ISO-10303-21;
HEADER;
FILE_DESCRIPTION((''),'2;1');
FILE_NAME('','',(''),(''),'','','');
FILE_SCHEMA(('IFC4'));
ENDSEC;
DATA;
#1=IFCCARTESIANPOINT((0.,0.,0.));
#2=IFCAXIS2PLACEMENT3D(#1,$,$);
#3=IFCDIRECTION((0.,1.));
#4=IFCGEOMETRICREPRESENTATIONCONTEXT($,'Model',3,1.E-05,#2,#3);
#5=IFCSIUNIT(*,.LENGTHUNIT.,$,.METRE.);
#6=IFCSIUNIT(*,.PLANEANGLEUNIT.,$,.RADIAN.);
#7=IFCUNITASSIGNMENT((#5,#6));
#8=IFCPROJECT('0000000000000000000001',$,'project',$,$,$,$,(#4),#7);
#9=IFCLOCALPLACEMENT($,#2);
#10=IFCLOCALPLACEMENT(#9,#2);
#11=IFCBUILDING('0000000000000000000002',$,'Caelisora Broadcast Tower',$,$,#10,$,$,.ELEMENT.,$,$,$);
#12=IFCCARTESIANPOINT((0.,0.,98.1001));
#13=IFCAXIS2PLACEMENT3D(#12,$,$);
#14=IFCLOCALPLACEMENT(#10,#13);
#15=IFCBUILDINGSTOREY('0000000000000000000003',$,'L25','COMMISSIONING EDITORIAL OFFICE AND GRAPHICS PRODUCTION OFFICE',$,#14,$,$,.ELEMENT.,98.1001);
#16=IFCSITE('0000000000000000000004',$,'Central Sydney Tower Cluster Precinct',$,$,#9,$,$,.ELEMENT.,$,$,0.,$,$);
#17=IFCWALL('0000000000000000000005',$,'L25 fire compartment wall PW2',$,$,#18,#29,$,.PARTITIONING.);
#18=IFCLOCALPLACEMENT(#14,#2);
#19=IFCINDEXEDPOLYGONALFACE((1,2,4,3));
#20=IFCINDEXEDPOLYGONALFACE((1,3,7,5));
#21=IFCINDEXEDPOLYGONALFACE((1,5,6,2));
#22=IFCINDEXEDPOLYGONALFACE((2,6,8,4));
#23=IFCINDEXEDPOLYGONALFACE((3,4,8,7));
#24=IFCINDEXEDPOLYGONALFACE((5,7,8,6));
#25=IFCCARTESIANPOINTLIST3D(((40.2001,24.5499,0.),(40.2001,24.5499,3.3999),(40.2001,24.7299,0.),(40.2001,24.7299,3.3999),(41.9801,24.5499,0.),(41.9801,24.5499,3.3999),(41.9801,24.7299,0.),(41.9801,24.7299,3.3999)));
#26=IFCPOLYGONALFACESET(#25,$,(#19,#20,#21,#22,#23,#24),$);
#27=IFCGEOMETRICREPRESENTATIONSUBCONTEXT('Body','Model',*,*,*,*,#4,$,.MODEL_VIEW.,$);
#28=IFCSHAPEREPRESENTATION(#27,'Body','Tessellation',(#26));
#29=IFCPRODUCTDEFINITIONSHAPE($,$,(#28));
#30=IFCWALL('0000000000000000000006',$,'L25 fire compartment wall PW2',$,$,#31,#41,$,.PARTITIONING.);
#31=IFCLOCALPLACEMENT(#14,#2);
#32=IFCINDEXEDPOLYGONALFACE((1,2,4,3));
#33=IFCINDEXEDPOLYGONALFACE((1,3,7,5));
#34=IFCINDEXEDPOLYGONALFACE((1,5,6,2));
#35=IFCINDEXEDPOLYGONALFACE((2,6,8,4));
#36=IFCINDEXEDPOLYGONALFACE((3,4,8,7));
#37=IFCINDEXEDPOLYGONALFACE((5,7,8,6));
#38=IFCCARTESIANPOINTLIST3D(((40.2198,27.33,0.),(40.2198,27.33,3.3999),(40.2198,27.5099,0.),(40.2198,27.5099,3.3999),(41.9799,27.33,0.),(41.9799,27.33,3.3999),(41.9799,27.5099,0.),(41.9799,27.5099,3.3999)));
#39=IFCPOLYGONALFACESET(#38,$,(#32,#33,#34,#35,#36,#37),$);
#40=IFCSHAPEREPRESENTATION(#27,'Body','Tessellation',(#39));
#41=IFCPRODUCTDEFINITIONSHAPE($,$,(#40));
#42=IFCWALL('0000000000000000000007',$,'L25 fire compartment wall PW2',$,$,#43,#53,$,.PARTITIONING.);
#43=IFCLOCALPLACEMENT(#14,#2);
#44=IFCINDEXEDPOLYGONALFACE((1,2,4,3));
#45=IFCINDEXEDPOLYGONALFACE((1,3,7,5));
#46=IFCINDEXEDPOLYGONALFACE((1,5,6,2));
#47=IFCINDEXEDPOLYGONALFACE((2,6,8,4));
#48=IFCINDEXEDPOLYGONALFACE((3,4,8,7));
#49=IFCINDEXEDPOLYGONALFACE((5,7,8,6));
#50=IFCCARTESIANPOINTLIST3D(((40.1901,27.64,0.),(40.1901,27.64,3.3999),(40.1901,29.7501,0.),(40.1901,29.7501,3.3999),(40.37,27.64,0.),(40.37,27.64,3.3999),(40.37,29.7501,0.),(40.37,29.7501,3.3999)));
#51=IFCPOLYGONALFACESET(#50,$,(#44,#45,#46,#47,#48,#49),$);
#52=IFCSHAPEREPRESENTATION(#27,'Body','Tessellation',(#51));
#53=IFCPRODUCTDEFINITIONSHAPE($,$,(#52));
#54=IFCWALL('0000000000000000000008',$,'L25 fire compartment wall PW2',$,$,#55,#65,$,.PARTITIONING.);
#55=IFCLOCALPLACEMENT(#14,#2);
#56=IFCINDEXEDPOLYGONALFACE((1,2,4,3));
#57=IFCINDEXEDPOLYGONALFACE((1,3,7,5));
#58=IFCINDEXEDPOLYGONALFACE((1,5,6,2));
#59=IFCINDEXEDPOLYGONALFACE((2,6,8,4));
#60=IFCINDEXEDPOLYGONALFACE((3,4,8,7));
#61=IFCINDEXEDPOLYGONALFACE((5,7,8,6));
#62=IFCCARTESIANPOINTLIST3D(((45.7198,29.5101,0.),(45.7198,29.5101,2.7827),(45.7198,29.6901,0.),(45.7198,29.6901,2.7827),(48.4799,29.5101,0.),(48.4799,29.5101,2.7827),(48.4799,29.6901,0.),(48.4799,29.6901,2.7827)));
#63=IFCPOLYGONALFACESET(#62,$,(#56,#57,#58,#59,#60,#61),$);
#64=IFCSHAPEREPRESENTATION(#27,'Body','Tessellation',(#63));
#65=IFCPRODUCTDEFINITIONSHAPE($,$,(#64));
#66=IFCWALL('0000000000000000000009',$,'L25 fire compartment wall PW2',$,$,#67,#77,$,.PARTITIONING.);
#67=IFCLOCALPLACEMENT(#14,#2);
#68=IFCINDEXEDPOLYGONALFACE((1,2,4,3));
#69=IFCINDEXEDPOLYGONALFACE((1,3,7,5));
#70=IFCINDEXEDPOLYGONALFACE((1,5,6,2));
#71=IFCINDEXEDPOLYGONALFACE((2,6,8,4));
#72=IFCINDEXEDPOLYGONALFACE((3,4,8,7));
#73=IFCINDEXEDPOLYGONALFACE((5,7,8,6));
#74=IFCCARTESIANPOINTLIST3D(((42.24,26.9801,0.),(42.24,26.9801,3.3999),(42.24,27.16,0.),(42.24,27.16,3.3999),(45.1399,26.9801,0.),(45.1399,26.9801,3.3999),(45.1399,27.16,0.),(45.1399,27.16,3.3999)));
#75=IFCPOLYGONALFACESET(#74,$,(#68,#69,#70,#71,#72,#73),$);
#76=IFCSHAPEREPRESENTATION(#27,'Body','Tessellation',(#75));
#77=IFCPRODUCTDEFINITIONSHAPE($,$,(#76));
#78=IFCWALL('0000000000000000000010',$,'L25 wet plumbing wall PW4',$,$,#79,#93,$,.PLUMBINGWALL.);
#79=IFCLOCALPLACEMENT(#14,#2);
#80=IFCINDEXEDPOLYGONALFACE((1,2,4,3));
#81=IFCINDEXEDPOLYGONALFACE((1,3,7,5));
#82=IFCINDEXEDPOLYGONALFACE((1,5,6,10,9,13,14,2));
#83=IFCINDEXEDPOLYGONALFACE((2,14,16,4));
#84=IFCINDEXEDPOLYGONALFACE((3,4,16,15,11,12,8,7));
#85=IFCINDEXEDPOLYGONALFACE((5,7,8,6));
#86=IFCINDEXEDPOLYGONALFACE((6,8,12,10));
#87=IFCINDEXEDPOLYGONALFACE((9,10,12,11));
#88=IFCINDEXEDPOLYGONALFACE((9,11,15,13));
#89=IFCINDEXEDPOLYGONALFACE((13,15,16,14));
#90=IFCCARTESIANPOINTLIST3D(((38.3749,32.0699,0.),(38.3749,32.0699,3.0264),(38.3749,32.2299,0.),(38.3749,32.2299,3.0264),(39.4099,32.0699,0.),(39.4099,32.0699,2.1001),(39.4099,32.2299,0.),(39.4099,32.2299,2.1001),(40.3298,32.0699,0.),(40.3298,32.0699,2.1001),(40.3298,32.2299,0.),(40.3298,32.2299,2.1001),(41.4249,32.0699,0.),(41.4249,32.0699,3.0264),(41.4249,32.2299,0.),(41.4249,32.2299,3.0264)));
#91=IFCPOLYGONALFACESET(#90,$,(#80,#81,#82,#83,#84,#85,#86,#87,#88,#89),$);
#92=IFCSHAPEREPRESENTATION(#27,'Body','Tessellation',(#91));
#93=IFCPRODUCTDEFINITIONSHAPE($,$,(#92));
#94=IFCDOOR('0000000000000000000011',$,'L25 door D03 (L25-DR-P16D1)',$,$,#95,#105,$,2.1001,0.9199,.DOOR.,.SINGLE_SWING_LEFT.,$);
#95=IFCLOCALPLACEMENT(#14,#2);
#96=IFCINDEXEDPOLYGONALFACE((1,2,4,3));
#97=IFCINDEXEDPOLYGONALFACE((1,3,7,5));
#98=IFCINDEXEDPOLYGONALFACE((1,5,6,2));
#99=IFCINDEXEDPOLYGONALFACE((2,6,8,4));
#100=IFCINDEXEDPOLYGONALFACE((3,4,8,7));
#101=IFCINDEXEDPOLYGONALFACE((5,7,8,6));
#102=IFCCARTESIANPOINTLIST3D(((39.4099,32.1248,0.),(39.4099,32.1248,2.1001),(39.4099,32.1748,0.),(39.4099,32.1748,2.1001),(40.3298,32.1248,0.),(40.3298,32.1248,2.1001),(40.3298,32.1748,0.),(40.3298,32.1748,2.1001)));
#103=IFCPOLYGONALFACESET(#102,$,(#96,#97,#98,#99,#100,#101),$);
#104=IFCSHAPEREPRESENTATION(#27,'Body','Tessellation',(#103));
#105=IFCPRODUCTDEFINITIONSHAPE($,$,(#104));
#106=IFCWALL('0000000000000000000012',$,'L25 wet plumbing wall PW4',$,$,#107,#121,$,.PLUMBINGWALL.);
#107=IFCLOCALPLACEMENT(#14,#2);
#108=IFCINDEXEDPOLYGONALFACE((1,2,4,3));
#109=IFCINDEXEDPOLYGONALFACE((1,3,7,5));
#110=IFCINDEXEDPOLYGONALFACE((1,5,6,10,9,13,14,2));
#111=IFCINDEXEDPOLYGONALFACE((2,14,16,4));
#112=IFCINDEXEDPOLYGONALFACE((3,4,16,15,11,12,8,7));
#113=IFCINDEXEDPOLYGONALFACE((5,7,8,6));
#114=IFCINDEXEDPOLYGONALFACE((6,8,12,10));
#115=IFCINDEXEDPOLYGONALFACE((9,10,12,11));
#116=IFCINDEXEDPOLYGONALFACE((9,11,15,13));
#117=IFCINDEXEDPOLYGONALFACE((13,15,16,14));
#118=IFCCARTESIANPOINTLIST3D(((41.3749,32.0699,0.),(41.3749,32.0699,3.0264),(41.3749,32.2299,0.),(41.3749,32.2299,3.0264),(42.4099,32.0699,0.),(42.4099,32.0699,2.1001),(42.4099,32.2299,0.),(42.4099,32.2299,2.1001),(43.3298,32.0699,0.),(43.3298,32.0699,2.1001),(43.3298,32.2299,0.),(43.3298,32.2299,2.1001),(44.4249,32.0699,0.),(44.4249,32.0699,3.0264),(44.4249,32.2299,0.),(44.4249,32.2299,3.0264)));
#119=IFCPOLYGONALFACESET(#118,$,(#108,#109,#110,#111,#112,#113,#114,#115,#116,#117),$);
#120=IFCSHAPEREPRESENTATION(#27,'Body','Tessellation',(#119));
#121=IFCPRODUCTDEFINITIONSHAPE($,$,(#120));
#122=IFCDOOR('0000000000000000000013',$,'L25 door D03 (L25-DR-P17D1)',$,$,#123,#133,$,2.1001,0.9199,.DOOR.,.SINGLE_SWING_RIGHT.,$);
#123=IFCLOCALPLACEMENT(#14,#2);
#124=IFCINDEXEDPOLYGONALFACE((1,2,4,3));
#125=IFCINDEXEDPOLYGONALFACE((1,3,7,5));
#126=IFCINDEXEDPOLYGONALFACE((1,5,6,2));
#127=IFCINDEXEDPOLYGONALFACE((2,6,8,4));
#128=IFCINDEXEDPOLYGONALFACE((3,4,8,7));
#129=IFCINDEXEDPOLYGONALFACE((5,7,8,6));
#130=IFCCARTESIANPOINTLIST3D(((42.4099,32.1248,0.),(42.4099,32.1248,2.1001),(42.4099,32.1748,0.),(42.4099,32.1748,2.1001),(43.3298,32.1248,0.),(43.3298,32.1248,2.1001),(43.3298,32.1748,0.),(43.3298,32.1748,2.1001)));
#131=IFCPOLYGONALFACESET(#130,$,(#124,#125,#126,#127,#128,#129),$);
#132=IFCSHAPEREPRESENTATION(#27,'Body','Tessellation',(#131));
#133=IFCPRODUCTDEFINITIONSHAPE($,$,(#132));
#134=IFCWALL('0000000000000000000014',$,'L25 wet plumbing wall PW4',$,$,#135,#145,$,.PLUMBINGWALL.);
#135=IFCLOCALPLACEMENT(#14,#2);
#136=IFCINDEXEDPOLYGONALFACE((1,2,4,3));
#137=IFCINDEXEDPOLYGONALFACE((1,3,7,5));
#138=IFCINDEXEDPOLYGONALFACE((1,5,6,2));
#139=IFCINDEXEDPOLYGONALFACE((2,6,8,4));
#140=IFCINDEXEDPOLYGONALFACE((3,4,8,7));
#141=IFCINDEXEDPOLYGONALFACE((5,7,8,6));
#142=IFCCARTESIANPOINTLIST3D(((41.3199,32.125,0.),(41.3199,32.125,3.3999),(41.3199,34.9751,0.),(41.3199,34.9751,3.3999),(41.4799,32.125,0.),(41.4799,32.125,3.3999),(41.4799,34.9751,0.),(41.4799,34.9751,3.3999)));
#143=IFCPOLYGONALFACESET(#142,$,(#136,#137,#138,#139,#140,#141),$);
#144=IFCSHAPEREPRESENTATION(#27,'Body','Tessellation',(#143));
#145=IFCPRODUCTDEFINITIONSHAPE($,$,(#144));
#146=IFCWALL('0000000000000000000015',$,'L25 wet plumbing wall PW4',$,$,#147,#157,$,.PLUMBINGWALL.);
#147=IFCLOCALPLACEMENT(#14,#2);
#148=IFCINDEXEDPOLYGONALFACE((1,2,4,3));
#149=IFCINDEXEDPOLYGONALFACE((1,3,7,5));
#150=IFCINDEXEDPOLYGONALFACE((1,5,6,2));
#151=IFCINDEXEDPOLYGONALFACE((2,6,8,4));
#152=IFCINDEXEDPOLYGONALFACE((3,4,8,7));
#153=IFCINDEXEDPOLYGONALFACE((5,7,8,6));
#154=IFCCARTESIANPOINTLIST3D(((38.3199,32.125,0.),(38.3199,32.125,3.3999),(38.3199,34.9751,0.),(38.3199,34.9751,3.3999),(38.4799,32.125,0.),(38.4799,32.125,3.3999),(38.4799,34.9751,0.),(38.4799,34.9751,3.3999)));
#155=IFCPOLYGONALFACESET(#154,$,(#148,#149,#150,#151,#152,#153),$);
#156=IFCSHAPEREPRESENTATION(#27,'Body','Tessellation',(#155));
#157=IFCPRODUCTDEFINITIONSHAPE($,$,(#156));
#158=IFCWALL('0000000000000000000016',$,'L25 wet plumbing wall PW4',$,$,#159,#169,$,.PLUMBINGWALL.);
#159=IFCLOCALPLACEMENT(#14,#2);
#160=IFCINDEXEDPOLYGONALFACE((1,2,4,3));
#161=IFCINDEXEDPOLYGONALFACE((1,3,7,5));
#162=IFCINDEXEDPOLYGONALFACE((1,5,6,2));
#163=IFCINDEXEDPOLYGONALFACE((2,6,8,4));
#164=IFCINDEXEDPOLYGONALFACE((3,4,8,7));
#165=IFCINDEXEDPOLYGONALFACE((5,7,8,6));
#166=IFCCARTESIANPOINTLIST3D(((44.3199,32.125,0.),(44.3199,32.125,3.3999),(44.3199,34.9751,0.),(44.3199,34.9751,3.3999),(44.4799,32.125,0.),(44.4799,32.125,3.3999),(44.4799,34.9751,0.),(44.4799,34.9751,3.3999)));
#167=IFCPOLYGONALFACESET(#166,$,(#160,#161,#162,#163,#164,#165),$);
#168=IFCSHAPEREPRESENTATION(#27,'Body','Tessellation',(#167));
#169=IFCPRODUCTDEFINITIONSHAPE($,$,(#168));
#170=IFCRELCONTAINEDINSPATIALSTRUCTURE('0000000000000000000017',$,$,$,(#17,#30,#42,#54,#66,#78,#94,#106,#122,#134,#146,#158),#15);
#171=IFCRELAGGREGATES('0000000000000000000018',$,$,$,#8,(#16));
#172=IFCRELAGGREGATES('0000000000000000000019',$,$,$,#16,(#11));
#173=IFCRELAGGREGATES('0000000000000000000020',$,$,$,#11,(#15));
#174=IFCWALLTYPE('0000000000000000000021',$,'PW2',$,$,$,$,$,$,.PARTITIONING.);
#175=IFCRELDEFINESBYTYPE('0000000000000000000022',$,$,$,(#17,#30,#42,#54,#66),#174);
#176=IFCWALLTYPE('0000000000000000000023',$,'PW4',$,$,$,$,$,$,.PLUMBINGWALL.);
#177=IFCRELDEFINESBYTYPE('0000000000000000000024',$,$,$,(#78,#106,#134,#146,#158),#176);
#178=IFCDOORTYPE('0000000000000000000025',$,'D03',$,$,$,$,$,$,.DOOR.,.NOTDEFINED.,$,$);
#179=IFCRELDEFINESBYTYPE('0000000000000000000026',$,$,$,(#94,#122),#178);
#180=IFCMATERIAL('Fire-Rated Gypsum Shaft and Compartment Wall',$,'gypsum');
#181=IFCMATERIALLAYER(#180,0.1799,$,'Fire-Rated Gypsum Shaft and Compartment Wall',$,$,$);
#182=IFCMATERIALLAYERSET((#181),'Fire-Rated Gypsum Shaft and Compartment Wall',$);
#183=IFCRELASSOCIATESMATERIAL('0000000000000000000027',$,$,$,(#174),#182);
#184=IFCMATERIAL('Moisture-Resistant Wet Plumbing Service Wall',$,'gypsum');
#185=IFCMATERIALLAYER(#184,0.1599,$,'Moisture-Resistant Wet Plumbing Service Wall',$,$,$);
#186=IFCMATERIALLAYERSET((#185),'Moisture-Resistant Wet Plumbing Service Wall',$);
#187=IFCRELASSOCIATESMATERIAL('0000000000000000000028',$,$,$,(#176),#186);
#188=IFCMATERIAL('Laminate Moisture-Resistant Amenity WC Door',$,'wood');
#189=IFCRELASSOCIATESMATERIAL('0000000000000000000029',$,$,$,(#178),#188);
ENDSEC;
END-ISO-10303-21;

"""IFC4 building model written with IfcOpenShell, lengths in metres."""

from ifc_helpers import new_model, si_unit, direction, frame, frame_2d, origin, place, context, subcontext, project, spatial, rectangle, extrude, material, layer, layer_set, type_object, element, fill, save


model = new_model("IFC4")

# Units and contexts
model_context = context("Model", 3, precision=1e-05, world=origin(), true_north=direction((0.0, 1.0)))
body_context = subcontext(model_context, "Body", "Model", "MODEL_VIEW")
ifc_project = project(units=[si_unit("LENGTHUNIT", "METRE"), si_unit("PLANEANGLEUNIT", "RADIAN")], contexts=[model_context])

# Site, building, storey
site_placement = place(None, origin())
site = spatial("IfcSite", under=ifc_project, at=site_placement, Name="Central Sydney Tower Cluster Precinct", CompositionType="ELEMENT", RefElevation=0.0)
building_placement = place(site_placement, origin())
building = spatial("IfcBuilding", under=site, at=building_placement, Name="Caelisora Broadcast Tower", CompositionType="ELEMENT")
storey_placement = place(building_placement, frame((0.0, 0.0, 98.1001)))
storey = spatial("IfcBuildingStorey", under=building, at=storey_placement, Name="L25", Description="COMMISSIONING EDITORIAL OFFICE AND GRAPHICS PRODUCTION OFFICE", CompositionType="ELEMENT", Elevation=98.1001)

# Walls
ifc_material_1 = material(Name="Fire-Rated Gypsum Shaft and Compartment Wall", Category="gypsum")
ifc_layer_1 = layer(ifc_material_1, 0.1799, Name="Fire-Rated Gypsum Shaft and Compartment Wall")
ifc_layer_set_1 = layer_set([ifc_layer_1], Name="Fire-Rated Gypsum Shaft and Compartment Wall")
wall_type_1 = type_object("IfcWallType", Name="PW2", PredefinedType="PARTITIONING", material=ifc_layer_set_1)
wall_1_placement = place(storey_placement, frame((40.2, 24.6399, 0.0), z_axis=(0.0, 0.0, 1.0), x_axis=(1.0, 0.0, 0.0)))
element("IfcWall", 1, at=wall_1_placement, inside=storey, type_object=wall_type_1, Name="L25 fire compartment wall PW2", PredefinedType="PARTITIONING", context=body_context, shape_type="SweptSolid", body=[
    extrude(rectangle(XDim=1.78, YDim=0.1799, at=frame_2d((0.8901, 0.0))), origin(), (0.0, 0.0, 1.0), 3.3999),
])
wall_2_placement = place(storey_placement, frame((40.22, 27.4199, 0.0), z_axis=(0.0, 0.0, 1.0), x_axis=(1.0, 0.0, 0.0)))
element("IfcWall", 2, at=wall_2_placement, inside=storey, type_object=wall_type_1, Name="L25 fire compartment wall PW2", PredefinedType="PARTITIONING", context=body_context, shape_type="SweptSolid", body=[
    extrude(rectangle(XDim=1.76, YDim=0.1799, at=frame_2d((0.8799, 0.0))), origin(), (0.0, 0.0, 1.0), 3.3999),
])
wall_3_placement = place(storey_placement, frame((40.28, 27.6399, 0.0), z_axis=(0.0, 0.0, 1.0), x_axis=(0.0, 1.0, 0.0)))
element("IfcWall", 3, at=wall_3_placement, inside=storey, type_object=wall_type_1, Name="L25 fire compartment wall PW2", PredefinedType="PARTITIONING", context=body_context, shape_type="SweptSolid", body=[
    extrude(rectangle(XDim=2.1101, YDim=0.1799, at=frame_2d((1.0552, 0.0))), origin(), (0.0, 0.0, 1.0), 3.3999),
])
wall_4_placement = place(storey_placement, frame((45.72, 29.6001, 0.0), z_axis=(0.0, 0.0, 1.0), x_axis=(1.0, 0.0, 0.0)))
element("IfcWall", 4, at=wall_4_placement, inside=storey, type_object=wall_type_1, Name="L25 fire compartment wall PW2", PredefinedType="PARTITIONING", context=body_context, shape_type="SweptSolid", body=[
    extrude(rectangle(XDim=2.76, YDim=0.1799, at=frame_2d((1.3799, 0.0))), origin(), (0.0, 0.0, 1.0), 2.7827),
])
wall_5_placement = place(storey_placement, frame((42.24, 27.0701, 0.0), z_axis=(0.0, 0.0, 1.0), x_axis=(1.0, 0.0, 0.0)))
element("IfcWall", 5, at=wall_5_placement, inside=storey, type_object=wall_type_1, Name="L25 fire compartment wall PW2", PredefinedType="PARTITIONING", context=body_context, shape_type="SweptSolid", body=[
    extrude(rectangle(XDim=2.8999, YDim=0.1799, at=frame_2d((1.45, 0.0))), origin(), (0.0, 0.0, 1.0), 3.3999),
])

# Walls, openings, doors
ifc_material_2 = material(Name="Moisture-Resistant Wet Plumbing Service Wall", Category="gypsum")
ifc_layer_2 = layer(ifc_material_2, 0.1599, Name="Moisture-Resistant Wet Plumbing Service Wall")
ifc_layer_set_2 = layer_set([ifc_layer_2], Name="Moisture-Resistant Wet Plumbing Service Wall")
wall_type_2 = type_object("IfcWallType", Name="PW4", PredefinedType="PLUMBINGWALL", material=ifc_layer_set_2)
wall_6_placement = place(storey_placement, frame((38.375, 32.1499, 0.0), z_axis=(0.0, 0.0, 1.0), x_axis=(1.0, 0.0, 0.0)))
wall_6 = element("IfcWall", 6, at=wall_6_placement, inside=storey, type_object=wall_type_2, Name="L25 wet plumbing wall PW4", PredefinedType="PLUMBINGWALL", context=body_context, shape_type="SweptSolid", body=[
    extrude(rectangle(XDim=3.05, YDim=0.1599, at=frame_2d((1.5249, 0.0))), origin(), (0.0, 0.0, 1.0), 3.0264),
])
opening_1_placement = place(wall_6_placement, frame((1.0349, 0.0, 0.0)))
opening_1 = element("IfcOpeningElement", 7, at=opening_1_placement, cuts=wall_6, PredefinedType="OPENING", context=body_context, shape_type="SweptSolid", body=[
    extrude(rectangle(XDim=0.9199, YDim=2.1001, at=frame_2d((0.46, 1.05))), frame((0.0, 0.092, 0.0), z_axis=(0.0, -1.0, 0.0), x_axis=(1.0, 0.0, 0.0)), (0.0, 0.0, 1.0), 0.1838),
])
ifc_material_3 = material(Name="Laminate Moisture-Resistant Amenity WC Door", Category="wood")
door_type_1 = type_object("IfcDoorType", Name="D03", OperationType="NOTDEFINED", PredefinedType="DOOR", material=ifc_material_3)
door_1_placement = place(opening_1_placement, origin())
door_1 = element("IfcDoor", 8, at=door_1_placement, inside=storey, type_object=door_type_1, Name="L25 door D03 (L25-DR-P16D1)", OperationType="SINGLE_SWING_LEFT", OverallHeight=2.1001, OverallWidth=0.9199, PredefinedType="DOOR", context=body_context, shape_type="SweptSolid", body=[
    extrude(rectangle(XDim=0.9199, YDim=2.1001, at=frame_2d((0.46, 1.05))), frame((0.0, 0.0249, 0.0), z_axis=(0.0, -1.0, 0.0), x_axis=(1.0, 0.0, 0.0)), (0.0, 0.0, 1.0), 0.05),
])
fill(opening_1, door_1)
wall_7_placement = place(storey_placement, frame((41.375, 32.1499, 0.0), z_axis=(0.0, 0.0, 1.0), x_axis=(1.0, 0.0, 0.0)))
wall_7 = element("IfcWall", 9, at=wall_7_placement, inside=storey, type_object=wall_type_2, Name="L25 wet plumbing wall PW4", PredefinedType="PLUMBINGWALL", context=body_context, shape_type="SweptSolid", body=[
    extrude(rectangle(XDim=3.05, YDim=0.1599, at=frame_2d((1.5249, 0.0))), origin(), (0.0, 0.0, 1.0), 3.0264),
])
opening_2_placement = place(wall_7_placement, frame((1.0349, 0.0, 0.0)))
opening_2 = element("IfcOpeningElement", 10, at=opening_2_placement, cuts=wall_7, PredefinedType="OPENING", context=body_context, shape_type="SweptSolid", body=[
    extrude(rectangle(XDim=0.9199, YDim=2.1001, at=frame_2d((0.46, 1.05))), frame((0.0, 0.092, 0.0), z_axis=(0.0, -1.0, 0.0), x_axis=(1.0, 0.0, 0.0)), (0.0, 0.0, 1.0), 0.1838),
])
door_2_placement = place(opening_2_placement, origin())
door_2 = element("IfcDoor", 11, at=door_2_placement, inside=storey, type_object=door_type_1, Name="L25 door D03 (L25-DR-P17D1)", OperationType="SINGLE_SWING_RIGHT", OverallHeight=2.1001, OverallWidth=0.9199, PredefinedType="DOOR", context=body_context, shape_type="SweptSolid", body=[
    extrude(rectangle(XDim=0.9199, YDim=2.1001, at=frame_2d((0.46, 1.05))), frame((0.0, 0.0249, 0.0), z_axis=(0.0, -1.0, 0.0), x_axis=(1.0, 0.0, 0.0)), (0.0, 0.0, 1.0), 0.05),
])
fill(opening_2, door_2)

# Walls
for number, where, z_axis, x_axis, name in (
    (12, (41.3999, 32.125, 0.0), (0.0, 0.0, 1.0), (0.0, 1.0, 0.0), "L25 wet plumbing wall PW4"),
    (13, (38.3999, 32.125, 0.0), (0.0, 0.0, 1.0), (0.0, 1.0, 0.0), "L25 wet plumbing wall PW4"),
    (14, (44.3999, 32.125, 0.0), (0.0, 0.0, 1.0), (0.0, 1.0, 0.0), "L25 wet plumbing wall PW4"),
):
    element("IfcWall", number, at=place(storey_placement, frame(where, z_axis=z_axis, x_axis=x_axis)), inside=storey, type_object=wall_type_2, Name=name, PredefinedType="PLUMBINGWALL", context=body_context, shape_type="SweptSolid", body=[
        extrude(rectangle(XDim=2.8501, YDim=0.1599, at=frame_2d((1.425, 0.0))), origin(), (0.0, 0.0, 1.0), 3.3999),
    ])

save(model, "model.ifc")
